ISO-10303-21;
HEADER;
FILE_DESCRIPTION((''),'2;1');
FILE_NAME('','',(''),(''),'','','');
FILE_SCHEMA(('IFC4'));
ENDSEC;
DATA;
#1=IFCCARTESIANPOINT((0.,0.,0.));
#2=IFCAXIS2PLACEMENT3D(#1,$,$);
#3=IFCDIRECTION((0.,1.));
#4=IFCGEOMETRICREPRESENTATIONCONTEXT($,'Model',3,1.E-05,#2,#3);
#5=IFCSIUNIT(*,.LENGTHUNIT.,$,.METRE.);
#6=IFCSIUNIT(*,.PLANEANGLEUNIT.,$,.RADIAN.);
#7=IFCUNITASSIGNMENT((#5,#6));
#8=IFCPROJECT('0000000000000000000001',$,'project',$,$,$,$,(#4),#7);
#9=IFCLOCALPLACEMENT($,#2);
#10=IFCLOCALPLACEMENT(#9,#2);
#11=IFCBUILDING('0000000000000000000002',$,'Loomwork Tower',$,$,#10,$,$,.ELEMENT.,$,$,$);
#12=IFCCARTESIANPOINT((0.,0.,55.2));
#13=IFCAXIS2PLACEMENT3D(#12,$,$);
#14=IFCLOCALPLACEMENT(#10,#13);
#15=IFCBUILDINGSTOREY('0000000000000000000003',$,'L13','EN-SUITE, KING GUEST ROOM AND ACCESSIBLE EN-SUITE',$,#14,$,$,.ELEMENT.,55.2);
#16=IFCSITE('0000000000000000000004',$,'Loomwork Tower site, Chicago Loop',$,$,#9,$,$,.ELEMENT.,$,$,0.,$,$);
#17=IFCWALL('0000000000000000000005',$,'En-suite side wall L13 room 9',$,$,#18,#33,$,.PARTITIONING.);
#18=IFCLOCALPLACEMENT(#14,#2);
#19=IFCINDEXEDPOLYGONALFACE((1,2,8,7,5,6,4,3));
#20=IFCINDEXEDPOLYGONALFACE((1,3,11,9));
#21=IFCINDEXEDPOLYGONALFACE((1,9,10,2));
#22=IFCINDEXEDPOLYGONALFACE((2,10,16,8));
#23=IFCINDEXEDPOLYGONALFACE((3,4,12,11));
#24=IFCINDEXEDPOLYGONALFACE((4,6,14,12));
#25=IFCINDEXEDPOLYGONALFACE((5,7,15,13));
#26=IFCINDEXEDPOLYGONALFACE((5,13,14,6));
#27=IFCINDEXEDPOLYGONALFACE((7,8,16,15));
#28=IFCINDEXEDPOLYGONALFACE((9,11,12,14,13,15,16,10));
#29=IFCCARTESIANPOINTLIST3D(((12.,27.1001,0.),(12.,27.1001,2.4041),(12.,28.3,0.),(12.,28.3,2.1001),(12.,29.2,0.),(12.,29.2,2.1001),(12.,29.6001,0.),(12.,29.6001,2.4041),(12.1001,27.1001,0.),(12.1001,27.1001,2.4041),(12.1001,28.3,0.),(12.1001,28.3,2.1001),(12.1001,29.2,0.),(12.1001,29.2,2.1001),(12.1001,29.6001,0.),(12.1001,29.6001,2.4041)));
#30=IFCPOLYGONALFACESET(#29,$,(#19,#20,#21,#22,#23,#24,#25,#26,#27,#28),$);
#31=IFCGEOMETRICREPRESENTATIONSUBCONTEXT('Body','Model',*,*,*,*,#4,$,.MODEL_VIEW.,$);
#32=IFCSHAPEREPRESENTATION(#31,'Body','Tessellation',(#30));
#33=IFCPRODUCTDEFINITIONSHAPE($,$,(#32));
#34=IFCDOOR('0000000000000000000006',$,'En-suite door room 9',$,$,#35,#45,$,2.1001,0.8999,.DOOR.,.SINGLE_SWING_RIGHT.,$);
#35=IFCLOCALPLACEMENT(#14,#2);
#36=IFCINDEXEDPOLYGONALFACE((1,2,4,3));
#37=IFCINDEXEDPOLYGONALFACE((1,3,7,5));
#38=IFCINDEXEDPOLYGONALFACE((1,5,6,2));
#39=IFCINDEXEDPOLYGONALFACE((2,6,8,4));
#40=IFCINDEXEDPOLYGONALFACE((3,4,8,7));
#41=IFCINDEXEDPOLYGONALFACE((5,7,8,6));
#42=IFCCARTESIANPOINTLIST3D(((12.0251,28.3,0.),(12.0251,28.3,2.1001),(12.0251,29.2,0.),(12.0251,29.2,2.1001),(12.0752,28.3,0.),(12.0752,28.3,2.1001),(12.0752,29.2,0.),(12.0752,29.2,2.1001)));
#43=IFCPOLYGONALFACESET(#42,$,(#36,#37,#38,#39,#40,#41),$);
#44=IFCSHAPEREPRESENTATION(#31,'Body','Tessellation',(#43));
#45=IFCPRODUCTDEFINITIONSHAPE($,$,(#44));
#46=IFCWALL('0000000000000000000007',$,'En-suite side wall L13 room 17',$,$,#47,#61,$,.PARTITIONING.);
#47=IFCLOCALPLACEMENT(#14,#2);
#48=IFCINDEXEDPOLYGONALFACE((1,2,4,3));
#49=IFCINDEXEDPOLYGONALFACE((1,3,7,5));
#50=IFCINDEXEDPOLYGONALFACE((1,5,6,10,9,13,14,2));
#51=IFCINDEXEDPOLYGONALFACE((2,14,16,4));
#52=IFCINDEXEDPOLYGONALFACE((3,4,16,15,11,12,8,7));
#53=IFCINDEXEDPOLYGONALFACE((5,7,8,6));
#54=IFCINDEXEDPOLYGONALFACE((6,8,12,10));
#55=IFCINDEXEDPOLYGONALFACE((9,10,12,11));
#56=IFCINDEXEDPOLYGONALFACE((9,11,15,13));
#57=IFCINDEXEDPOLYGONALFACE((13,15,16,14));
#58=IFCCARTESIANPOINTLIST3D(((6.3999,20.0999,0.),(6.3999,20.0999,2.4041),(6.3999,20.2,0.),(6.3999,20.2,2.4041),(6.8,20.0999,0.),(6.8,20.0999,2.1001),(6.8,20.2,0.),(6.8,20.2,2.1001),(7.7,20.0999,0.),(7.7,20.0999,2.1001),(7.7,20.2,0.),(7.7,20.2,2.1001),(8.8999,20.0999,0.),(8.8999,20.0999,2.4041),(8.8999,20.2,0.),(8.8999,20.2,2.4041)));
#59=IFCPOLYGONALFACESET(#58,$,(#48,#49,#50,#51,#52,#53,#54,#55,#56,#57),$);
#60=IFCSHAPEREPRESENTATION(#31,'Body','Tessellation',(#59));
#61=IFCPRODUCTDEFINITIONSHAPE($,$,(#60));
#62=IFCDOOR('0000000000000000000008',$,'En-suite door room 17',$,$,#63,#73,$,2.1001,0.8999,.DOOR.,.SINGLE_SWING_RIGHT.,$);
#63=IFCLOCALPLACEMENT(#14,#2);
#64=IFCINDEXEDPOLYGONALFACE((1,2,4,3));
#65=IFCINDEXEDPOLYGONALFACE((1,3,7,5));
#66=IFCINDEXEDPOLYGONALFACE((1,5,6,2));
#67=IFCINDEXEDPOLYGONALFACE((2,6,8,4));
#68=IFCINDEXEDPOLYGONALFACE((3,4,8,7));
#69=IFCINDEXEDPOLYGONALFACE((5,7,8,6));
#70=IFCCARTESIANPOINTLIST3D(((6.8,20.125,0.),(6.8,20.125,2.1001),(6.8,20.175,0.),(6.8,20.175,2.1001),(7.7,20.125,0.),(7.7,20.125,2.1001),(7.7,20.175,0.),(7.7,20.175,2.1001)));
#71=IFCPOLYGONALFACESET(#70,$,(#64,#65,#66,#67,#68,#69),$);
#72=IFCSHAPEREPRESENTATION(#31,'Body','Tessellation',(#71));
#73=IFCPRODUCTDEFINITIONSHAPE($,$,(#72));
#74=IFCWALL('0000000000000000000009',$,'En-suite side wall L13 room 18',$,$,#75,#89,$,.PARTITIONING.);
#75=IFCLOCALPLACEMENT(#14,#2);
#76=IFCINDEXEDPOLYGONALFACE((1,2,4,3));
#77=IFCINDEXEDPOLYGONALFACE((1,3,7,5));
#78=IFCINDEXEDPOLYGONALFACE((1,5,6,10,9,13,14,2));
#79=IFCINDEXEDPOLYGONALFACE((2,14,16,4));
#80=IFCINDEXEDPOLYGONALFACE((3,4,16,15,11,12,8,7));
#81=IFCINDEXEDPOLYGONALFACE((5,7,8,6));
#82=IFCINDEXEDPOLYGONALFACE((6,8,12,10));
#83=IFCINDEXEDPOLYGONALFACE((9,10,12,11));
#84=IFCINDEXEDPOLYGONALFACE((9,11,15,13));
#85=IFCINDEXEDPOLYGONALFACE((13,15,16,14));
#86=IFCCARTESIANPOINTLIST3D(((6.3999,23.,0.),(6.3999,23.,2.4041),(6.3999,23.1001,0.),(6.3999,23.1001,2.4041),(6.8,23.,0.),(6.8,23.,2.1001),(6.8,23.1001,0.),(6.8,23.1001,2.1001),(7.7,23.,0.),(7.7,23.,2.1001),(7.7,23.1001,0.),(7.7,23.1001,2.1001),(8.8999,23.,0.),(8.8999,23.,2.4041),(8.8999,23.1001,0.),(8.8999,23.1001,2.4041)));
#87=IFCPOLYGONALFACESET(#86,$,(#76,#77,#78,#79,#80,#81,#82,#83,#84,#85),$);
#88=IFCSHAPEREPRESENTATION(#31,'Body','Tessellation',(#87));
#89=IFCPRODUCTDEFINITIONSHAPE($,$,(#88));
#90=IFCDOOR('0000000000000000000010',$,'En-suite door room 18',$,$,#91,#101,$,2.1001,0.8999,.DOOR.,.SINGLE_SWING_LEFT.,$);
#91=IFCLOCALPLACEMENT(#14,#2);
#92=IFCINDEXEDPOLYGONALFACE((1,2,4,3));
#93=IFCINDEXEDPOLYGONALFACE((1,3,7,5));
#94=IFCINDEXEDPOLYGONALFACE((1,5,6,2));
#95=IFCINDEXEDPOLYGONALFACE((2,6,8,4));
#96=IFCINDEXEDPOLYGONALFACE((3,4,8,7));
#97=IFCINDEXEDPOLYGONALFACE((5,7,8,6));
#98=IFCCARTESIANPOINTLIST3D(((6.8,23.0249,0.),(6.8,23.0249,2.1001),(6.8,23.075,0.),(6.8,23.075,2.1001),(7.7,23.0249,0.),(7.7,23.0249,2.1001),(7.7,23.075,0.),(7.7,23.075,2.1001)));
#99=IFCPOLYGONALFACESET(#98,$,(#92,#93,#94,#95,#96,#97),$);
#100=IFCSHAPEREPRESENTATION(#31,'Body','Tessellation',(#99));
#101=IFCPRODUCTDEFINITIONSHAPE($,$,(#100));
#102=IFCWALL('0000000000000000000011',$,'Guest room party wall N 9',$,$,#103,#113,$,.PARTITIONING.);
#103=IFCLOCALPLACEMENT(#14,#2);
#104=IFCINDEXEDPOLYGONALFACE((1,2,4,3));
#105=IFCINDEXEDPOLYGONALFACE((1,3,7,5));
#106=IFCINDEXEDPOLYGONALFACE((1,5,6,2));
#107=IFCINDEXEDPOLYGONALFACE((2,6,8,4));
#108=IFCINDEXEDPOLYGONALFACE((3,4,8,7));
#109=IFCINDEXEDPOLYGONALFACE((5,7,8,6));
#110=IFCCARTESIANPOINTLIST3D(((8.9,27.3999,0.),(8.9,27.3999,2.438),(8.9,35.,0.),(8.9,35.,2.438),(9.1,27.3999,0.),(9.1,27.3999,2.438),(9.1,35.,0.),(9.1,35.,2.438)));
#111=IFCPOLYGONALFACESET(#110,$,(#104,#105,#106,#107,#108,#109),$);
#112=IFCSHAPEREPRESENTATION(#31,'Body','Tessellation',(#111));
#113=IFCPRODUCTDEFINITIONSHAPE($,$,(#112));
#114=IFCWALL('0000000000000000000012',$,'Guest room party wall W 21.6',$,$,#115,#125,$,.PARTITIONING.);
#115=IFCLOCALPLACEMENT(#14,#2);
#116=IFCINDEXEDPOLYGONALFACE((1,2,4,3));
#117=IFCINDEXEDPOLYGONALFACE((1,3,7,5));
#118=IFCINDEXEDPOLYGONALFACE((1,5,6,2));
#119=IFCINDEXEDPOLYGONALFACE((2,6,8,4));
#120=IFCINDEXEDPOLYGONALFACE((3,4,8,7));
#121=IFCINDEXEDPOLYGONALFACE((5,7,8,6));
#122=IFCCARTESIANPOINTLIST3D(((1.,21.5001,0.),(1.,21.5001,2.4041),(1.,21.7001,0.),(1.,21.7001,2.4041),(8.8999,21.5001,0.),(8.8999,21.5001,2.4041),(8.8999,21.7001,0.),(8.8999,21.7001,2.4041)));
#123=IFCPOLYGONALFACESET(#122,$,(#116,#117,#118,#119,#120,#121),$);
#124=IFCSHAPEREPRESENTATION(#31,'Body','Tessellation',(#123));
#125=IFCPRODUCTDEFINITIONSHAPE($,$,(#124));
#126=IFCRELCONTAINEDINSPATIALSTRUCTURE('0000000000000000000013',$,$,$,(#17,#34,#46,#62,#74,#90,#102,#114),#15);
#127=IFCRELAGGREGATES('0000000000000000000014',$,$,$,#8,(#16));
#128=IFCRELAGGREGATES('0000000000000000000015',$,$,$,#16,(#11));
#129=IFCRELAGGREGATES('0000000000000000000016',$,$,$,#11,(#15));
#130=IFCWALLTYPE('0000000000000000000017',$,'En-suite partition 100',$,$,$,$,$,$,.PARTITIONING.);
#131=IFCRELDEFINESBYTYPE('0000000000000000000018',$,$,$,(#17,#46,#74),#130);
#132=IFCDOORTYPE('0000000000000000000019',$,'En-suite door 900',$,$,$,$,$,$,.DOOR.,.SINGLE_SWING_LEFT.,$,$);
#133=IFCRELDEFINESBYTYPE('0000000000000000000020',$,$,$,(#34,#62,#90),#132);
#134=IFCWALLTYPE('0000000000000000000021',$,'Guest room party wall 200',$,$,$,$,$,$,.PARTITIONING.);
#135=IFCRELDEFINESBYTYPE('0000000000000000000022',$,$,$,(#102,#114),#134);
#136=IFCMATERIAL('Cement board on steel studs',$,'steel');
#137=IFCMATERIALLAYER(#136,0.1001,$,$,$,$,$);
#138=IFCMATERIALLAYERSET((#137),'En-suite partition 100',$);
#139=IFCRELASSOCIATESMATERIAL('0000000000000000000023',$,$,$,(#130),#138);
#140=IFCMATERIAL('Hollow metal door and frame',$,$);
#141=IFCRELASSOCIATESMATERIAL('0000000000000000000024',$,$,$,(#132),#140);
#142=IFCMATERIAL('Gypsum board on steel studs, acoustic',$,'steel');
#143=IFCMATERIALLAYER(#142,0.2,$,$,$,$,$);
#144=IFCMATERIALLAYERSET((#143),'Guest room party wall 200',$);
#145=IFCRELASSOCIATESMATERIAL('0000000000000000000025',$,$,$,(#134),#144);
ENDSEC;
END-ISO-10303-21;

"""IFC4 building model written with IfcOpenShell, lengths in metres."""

from ifc_helpers import new_model, si_unit, direction, frame, frame_2d, origin, place, context, subcontext, project, spatial, rectangle, extrude, material, layer, layer_set, type_object, element, fill, save


model = new_model("IFC4")

# Units and contexts
model_context = context("Model", 3, precision=1e-05, world=origin(), true_north=direction((0.0, 1.0)))
body_context = subcontext(model_context, "Body", "Model", "MODEL_VIEW")
ifc_project = project(units=[si_unit("LENGTHUNIT", "METRE"), si_unit("PLANEANGLEUNIT", "RADIAN")], contexts=[model_context])

# Site, building, storey
site_placement = place(None, origin())
site = spatial("IfcSite", under=ifc_project, at=site_placement, Name="Loomwork Tower site, Chicago Loop", CompositionType="ELEMENT", RefElevation=0.0)
building_placement = place(site_placement, origin())
building = spatial("IfcBuilding", under=site, at=building_placement, Name="Loomwork Tower", CompositionType="ELEMENT")
storey_placement = place(building_placement, frame((0.0, 0.0, 55.2)))
storey = spatial("IfcBuildingStorey", under=building, at=storey_placement, Name="L13", Description="EN-SUITE, KING GUEST ROOM AND ACCESSIBLE EN-SUITE", CompositionType="ELEMENT", Elevation=55.2)

# Walls, openings, doors
ifc_material_1 = material(Name="Cement board on steel studs", Category="steel")
ifc_layer_1 = layer(ifc_material_1, 0.1001)
ifc_layer_set_1 = layer_set([ifc_layer_1], Name="En-suite partition 100")
wall_type_1 = type_object("IfcWallType", Name="En-suite partition 100", PredefinedType="PARTITIONING", material=ifc_layer_set_1)
wall_1_placement = place(storey_placement, frame((12.05, 27.1001, 0.0), z_axis=(0.0, 0.0, 1.0), x_axis=(0.0, 1.0, 0.0)))
wall_1 = element("IfcWall", 1, at=wall_1_placement, inside=storey, type_object=wall_type_1, Name="En-suite side wall L13 room 9", PredefinedType="PARTITIONING", context=body_context, shape_type="SweptSolid", body=[
    extrude(rectangle(XDim=2.5, YDim=0.1001, at=frame_2d((1.25, 0.0))), origin(), (0.0, 0.0, 1.0), 2.4041),
])
opening_1_placement = place(wall_1_placement, frame((1.2, 0.0, 0.0)))
opening_1 = element("IfcOpeningElement", 2, at=opening_1_placement, cuts=wall_1, PredefinedType="OPENING", context=body_context, shape_type="SweptSolid", body=[
    extrude(rectangle(XDim=0.8999, YDim=2.1001, at=frame_2d((0.45, 1.05))), frame((0.0, 0.0601, 0.0), z_axis=(0.0, -1.0, 0.0), x_axis=(1.0, 0.0, 0.0)), (0.0, 0.0, 1.0), 0.1201),
])
ifc_material_2 = material(Name="Hollow metal door and frame")
door_type_1 = type_object("IfcDoorType", Name="En-suite door 900", OperationType="SINGLE_SWING_LEFT", PredefinedType="DOOR", material=ifc_material_2)
door_1_placement = place(opening_1_placement, origin())
door_1 = element("IfcDoor", 3, at=door_1_placement, inside=storey, type_object=door_type_1, Name="En-suite door room 9", OperationType="SINGLE_SWING_RIGHT", OverallHeight=2.1001, OverallWidth=0.8999, PredefinedType="DOOR", context=body_context, shape_type="SweptSolid", body=[
    extrude(rectangle(XDim=0.8999, YDim=2.1001, at=frame_2d((0.45, 1.05))), frame((0.0, 0.0249, 0.0), z_axis=(0.0, -1.0, 0.0), x_axis=(1.0, 0.0, 0.0)), (0.0, 0.0, 1.0), 0.05),
])
fill(opening_1, door_1)
wall_2_placement = place(storey_placement, frame((8.8999, 20.1499, 0.0), z_axis=(0.0, 0.0, 1.0), x_axis=(-1.0, 0.0, 0.0)))
wall_2 = element("IfcWall", 4, at=wall_2_placement, inside=storey, type_object=wall_type_1, Name="En-suite side wall L13 room 17", PredefinedType="PARTITIONING", context=body_context, shape_type="SweptSolid", body=[
    extrude(rectangle(XDim=2.5, YDim=0.1001, at=frame_2d((1.25, 0.0))), origin(), (0.0, 0.0, 1.0), 2.4041),
])
opening_2_placement = place(wall_2_placement, frame((1.2, 0.0, 0.0)))
opening_2 = element("IfcOpeningElement", 5, at=opening_2_placement, cuts=wall_2, PredefinedType="OPENING", context=body_context, shape_type="SweptSolid", body=[
    extrude(rectangle(XDim=0.8999, YDim=2.1001, at=frame_2d((0.45, 1.05))), frame((0.0, 0.0601, 0.0), z_axis=(0.0, -1.0, 0.0), x_axis=(1.0, 0.0, 0.0)), (0.0, 0.0, 1.0), 0.1201),
])
door_2_placement = place(opening_2_placement, origin())
door_2 = element("IfcDoor", 6, at=door_2_placement, inside=storey, type_object=door_type_1, Name="En-suite door room 17", OperationType="SINGLE_SWING_RIGHT", OverallHeight=2.1001, OverallWidth=0.8999, PredefinedType="DOOR", context=body_context, shape_type="SweptSolid", body=[
    extrude(rectangle(XDim=0.8999, YDim=2.1001, at=frame_2d((0.45, 1.05))), frame((0.0, 0.0249, 0.0), z_axis=(0.0, -1.0, 0.0), x_axis=(1.0, 0.0, 0.0)), (0.0, 0.0, 1.0), 0.05),
])
fill(opening_2, door_2)
wall_3_placement = place(storey_placement, frame((8.8999, 23.05, 0.0), z_axis=(0.0, 0.0, 1.0), x_axis=(-1.0, 0.0, 0.0)))
wall_3 = element("IfcWall", 7, at=wall_3_placement, inside=storey, type_object=wall_type_1, Name="En-suite side wall L13 room 18", PredefinedType="PARTITIONING", context=body_context, shape_type="SweptSolid", body=[
    extrude(rectangle(XDim=2.5, YDim=0.1001, at=frame_2d((1.25, 0.0))), origin(), (0.0, 0.0, 1.0), 2.4041),
])
opening_3_placement = place(wall_3_placement, frame((1.2, 0.0, 0.0)))
opening_3 = element("IfcOpeningElement", 8, at=opening_3_placement, cuts=wall_3, PredefinedType="OPENING", context=body_context, shape_type="SweptSolid", body=[
    extrude(rectangle(XDim=0.8999, YDim=2.1001, at=frame_2d((0.45, 1.05))), frame((0.0, 0.0601, 0.0), z_axis=(0.0, -1.0, 0.0), x_axis=(1.0, 0.0, 0.0)), (0.0, 0.0, 1.0), 0.1201),
])
door_3_placement = place(opening_3_placement, frame((0.8999, 0.0, 0.0), z_axis=(0.0, 0.0, 1.0), x_axis=(-1.0, 0.0, 0.0)))
door_3 = element("IfcDoor", 9, at=door_3_placement, inside=storey, type_object=door_type_1, Name="En-suite door room 18", OperationType="SINGLE_SWING_LEFT", OverallHeight=2.1001, OverallWidth=0.8999, PredefinedType="DOOR", context=body_context, shape_type="SweptSolid", body=[
    extrude(rectangle(XDim=0.8999, YDim=2.1001, at=frame_2d((0.45, 1.05))), frame((0.0, 0.0249, 0.0), z_axis=(0.0, -1.0, 0.0), x_axis=(1.0, 0.0, 0.0)), (0.0, 0.0, 1.0), 0.05),
])
fill(opening_3, door_3)

# Walls
ifc_material_3 = material(Name="Gypsum board on steel studs, acoustic", Category="steel")
ifc_layer_2 = layer(ifc_material_3, 0.2)
ifc_layer_set_2 = layer_set([ifc_layer_2], Name="Guest room party wall 200")
wall_type_2 = type_object("IfcWallType", Name="Guest room party wall 200", PredefinedType="PARTITIONING", material=ifc_layer_set_2)
wall_4_placement = place(storey_placement, frame((9.0, 27.3999, 0.0), z_axis=(0.0, 0.0, 1.0), x_axis=(0.0, 1.0, 0.0)))
element("IfcWall", 10, at=wall_4_placement, inside=storey, type_object=wall_type_2, Name="Guest room party wall N 9", PredefinedType="PARTITIONING", context=body_context, shape_type="SweptSolid", body=[
    extrude(rectangle(XDim=7.6001, YDim=0.2, at=frame_2d((3.8, 0.0))), origin(), (0.0, 0.0, 1.0), 2.438),
])
wall_5_placement = place(storey_placement, frame((8.8999, 21.6001, 0.0), z_axis=(0.0, 0.0, 1.0), x_axis=(-1.0, 0.0, 0.0)))
element("IfcWall", 11, at=wall_5_placement, inside=storey, type_object=wall_type_2, Name="Guest room party wall W 21.6", PredefinedType="PARTITIONING", context=body_context, shape_type="SweptSolid", body=[
    extrude(rectangle(XDim=7.8999, YDim=0.2, at=frame_2d((3.95, 0.0))), origin(), (0.0, 0.0, 1.0), 2.4041),
])

save(model, "model.ifc")
